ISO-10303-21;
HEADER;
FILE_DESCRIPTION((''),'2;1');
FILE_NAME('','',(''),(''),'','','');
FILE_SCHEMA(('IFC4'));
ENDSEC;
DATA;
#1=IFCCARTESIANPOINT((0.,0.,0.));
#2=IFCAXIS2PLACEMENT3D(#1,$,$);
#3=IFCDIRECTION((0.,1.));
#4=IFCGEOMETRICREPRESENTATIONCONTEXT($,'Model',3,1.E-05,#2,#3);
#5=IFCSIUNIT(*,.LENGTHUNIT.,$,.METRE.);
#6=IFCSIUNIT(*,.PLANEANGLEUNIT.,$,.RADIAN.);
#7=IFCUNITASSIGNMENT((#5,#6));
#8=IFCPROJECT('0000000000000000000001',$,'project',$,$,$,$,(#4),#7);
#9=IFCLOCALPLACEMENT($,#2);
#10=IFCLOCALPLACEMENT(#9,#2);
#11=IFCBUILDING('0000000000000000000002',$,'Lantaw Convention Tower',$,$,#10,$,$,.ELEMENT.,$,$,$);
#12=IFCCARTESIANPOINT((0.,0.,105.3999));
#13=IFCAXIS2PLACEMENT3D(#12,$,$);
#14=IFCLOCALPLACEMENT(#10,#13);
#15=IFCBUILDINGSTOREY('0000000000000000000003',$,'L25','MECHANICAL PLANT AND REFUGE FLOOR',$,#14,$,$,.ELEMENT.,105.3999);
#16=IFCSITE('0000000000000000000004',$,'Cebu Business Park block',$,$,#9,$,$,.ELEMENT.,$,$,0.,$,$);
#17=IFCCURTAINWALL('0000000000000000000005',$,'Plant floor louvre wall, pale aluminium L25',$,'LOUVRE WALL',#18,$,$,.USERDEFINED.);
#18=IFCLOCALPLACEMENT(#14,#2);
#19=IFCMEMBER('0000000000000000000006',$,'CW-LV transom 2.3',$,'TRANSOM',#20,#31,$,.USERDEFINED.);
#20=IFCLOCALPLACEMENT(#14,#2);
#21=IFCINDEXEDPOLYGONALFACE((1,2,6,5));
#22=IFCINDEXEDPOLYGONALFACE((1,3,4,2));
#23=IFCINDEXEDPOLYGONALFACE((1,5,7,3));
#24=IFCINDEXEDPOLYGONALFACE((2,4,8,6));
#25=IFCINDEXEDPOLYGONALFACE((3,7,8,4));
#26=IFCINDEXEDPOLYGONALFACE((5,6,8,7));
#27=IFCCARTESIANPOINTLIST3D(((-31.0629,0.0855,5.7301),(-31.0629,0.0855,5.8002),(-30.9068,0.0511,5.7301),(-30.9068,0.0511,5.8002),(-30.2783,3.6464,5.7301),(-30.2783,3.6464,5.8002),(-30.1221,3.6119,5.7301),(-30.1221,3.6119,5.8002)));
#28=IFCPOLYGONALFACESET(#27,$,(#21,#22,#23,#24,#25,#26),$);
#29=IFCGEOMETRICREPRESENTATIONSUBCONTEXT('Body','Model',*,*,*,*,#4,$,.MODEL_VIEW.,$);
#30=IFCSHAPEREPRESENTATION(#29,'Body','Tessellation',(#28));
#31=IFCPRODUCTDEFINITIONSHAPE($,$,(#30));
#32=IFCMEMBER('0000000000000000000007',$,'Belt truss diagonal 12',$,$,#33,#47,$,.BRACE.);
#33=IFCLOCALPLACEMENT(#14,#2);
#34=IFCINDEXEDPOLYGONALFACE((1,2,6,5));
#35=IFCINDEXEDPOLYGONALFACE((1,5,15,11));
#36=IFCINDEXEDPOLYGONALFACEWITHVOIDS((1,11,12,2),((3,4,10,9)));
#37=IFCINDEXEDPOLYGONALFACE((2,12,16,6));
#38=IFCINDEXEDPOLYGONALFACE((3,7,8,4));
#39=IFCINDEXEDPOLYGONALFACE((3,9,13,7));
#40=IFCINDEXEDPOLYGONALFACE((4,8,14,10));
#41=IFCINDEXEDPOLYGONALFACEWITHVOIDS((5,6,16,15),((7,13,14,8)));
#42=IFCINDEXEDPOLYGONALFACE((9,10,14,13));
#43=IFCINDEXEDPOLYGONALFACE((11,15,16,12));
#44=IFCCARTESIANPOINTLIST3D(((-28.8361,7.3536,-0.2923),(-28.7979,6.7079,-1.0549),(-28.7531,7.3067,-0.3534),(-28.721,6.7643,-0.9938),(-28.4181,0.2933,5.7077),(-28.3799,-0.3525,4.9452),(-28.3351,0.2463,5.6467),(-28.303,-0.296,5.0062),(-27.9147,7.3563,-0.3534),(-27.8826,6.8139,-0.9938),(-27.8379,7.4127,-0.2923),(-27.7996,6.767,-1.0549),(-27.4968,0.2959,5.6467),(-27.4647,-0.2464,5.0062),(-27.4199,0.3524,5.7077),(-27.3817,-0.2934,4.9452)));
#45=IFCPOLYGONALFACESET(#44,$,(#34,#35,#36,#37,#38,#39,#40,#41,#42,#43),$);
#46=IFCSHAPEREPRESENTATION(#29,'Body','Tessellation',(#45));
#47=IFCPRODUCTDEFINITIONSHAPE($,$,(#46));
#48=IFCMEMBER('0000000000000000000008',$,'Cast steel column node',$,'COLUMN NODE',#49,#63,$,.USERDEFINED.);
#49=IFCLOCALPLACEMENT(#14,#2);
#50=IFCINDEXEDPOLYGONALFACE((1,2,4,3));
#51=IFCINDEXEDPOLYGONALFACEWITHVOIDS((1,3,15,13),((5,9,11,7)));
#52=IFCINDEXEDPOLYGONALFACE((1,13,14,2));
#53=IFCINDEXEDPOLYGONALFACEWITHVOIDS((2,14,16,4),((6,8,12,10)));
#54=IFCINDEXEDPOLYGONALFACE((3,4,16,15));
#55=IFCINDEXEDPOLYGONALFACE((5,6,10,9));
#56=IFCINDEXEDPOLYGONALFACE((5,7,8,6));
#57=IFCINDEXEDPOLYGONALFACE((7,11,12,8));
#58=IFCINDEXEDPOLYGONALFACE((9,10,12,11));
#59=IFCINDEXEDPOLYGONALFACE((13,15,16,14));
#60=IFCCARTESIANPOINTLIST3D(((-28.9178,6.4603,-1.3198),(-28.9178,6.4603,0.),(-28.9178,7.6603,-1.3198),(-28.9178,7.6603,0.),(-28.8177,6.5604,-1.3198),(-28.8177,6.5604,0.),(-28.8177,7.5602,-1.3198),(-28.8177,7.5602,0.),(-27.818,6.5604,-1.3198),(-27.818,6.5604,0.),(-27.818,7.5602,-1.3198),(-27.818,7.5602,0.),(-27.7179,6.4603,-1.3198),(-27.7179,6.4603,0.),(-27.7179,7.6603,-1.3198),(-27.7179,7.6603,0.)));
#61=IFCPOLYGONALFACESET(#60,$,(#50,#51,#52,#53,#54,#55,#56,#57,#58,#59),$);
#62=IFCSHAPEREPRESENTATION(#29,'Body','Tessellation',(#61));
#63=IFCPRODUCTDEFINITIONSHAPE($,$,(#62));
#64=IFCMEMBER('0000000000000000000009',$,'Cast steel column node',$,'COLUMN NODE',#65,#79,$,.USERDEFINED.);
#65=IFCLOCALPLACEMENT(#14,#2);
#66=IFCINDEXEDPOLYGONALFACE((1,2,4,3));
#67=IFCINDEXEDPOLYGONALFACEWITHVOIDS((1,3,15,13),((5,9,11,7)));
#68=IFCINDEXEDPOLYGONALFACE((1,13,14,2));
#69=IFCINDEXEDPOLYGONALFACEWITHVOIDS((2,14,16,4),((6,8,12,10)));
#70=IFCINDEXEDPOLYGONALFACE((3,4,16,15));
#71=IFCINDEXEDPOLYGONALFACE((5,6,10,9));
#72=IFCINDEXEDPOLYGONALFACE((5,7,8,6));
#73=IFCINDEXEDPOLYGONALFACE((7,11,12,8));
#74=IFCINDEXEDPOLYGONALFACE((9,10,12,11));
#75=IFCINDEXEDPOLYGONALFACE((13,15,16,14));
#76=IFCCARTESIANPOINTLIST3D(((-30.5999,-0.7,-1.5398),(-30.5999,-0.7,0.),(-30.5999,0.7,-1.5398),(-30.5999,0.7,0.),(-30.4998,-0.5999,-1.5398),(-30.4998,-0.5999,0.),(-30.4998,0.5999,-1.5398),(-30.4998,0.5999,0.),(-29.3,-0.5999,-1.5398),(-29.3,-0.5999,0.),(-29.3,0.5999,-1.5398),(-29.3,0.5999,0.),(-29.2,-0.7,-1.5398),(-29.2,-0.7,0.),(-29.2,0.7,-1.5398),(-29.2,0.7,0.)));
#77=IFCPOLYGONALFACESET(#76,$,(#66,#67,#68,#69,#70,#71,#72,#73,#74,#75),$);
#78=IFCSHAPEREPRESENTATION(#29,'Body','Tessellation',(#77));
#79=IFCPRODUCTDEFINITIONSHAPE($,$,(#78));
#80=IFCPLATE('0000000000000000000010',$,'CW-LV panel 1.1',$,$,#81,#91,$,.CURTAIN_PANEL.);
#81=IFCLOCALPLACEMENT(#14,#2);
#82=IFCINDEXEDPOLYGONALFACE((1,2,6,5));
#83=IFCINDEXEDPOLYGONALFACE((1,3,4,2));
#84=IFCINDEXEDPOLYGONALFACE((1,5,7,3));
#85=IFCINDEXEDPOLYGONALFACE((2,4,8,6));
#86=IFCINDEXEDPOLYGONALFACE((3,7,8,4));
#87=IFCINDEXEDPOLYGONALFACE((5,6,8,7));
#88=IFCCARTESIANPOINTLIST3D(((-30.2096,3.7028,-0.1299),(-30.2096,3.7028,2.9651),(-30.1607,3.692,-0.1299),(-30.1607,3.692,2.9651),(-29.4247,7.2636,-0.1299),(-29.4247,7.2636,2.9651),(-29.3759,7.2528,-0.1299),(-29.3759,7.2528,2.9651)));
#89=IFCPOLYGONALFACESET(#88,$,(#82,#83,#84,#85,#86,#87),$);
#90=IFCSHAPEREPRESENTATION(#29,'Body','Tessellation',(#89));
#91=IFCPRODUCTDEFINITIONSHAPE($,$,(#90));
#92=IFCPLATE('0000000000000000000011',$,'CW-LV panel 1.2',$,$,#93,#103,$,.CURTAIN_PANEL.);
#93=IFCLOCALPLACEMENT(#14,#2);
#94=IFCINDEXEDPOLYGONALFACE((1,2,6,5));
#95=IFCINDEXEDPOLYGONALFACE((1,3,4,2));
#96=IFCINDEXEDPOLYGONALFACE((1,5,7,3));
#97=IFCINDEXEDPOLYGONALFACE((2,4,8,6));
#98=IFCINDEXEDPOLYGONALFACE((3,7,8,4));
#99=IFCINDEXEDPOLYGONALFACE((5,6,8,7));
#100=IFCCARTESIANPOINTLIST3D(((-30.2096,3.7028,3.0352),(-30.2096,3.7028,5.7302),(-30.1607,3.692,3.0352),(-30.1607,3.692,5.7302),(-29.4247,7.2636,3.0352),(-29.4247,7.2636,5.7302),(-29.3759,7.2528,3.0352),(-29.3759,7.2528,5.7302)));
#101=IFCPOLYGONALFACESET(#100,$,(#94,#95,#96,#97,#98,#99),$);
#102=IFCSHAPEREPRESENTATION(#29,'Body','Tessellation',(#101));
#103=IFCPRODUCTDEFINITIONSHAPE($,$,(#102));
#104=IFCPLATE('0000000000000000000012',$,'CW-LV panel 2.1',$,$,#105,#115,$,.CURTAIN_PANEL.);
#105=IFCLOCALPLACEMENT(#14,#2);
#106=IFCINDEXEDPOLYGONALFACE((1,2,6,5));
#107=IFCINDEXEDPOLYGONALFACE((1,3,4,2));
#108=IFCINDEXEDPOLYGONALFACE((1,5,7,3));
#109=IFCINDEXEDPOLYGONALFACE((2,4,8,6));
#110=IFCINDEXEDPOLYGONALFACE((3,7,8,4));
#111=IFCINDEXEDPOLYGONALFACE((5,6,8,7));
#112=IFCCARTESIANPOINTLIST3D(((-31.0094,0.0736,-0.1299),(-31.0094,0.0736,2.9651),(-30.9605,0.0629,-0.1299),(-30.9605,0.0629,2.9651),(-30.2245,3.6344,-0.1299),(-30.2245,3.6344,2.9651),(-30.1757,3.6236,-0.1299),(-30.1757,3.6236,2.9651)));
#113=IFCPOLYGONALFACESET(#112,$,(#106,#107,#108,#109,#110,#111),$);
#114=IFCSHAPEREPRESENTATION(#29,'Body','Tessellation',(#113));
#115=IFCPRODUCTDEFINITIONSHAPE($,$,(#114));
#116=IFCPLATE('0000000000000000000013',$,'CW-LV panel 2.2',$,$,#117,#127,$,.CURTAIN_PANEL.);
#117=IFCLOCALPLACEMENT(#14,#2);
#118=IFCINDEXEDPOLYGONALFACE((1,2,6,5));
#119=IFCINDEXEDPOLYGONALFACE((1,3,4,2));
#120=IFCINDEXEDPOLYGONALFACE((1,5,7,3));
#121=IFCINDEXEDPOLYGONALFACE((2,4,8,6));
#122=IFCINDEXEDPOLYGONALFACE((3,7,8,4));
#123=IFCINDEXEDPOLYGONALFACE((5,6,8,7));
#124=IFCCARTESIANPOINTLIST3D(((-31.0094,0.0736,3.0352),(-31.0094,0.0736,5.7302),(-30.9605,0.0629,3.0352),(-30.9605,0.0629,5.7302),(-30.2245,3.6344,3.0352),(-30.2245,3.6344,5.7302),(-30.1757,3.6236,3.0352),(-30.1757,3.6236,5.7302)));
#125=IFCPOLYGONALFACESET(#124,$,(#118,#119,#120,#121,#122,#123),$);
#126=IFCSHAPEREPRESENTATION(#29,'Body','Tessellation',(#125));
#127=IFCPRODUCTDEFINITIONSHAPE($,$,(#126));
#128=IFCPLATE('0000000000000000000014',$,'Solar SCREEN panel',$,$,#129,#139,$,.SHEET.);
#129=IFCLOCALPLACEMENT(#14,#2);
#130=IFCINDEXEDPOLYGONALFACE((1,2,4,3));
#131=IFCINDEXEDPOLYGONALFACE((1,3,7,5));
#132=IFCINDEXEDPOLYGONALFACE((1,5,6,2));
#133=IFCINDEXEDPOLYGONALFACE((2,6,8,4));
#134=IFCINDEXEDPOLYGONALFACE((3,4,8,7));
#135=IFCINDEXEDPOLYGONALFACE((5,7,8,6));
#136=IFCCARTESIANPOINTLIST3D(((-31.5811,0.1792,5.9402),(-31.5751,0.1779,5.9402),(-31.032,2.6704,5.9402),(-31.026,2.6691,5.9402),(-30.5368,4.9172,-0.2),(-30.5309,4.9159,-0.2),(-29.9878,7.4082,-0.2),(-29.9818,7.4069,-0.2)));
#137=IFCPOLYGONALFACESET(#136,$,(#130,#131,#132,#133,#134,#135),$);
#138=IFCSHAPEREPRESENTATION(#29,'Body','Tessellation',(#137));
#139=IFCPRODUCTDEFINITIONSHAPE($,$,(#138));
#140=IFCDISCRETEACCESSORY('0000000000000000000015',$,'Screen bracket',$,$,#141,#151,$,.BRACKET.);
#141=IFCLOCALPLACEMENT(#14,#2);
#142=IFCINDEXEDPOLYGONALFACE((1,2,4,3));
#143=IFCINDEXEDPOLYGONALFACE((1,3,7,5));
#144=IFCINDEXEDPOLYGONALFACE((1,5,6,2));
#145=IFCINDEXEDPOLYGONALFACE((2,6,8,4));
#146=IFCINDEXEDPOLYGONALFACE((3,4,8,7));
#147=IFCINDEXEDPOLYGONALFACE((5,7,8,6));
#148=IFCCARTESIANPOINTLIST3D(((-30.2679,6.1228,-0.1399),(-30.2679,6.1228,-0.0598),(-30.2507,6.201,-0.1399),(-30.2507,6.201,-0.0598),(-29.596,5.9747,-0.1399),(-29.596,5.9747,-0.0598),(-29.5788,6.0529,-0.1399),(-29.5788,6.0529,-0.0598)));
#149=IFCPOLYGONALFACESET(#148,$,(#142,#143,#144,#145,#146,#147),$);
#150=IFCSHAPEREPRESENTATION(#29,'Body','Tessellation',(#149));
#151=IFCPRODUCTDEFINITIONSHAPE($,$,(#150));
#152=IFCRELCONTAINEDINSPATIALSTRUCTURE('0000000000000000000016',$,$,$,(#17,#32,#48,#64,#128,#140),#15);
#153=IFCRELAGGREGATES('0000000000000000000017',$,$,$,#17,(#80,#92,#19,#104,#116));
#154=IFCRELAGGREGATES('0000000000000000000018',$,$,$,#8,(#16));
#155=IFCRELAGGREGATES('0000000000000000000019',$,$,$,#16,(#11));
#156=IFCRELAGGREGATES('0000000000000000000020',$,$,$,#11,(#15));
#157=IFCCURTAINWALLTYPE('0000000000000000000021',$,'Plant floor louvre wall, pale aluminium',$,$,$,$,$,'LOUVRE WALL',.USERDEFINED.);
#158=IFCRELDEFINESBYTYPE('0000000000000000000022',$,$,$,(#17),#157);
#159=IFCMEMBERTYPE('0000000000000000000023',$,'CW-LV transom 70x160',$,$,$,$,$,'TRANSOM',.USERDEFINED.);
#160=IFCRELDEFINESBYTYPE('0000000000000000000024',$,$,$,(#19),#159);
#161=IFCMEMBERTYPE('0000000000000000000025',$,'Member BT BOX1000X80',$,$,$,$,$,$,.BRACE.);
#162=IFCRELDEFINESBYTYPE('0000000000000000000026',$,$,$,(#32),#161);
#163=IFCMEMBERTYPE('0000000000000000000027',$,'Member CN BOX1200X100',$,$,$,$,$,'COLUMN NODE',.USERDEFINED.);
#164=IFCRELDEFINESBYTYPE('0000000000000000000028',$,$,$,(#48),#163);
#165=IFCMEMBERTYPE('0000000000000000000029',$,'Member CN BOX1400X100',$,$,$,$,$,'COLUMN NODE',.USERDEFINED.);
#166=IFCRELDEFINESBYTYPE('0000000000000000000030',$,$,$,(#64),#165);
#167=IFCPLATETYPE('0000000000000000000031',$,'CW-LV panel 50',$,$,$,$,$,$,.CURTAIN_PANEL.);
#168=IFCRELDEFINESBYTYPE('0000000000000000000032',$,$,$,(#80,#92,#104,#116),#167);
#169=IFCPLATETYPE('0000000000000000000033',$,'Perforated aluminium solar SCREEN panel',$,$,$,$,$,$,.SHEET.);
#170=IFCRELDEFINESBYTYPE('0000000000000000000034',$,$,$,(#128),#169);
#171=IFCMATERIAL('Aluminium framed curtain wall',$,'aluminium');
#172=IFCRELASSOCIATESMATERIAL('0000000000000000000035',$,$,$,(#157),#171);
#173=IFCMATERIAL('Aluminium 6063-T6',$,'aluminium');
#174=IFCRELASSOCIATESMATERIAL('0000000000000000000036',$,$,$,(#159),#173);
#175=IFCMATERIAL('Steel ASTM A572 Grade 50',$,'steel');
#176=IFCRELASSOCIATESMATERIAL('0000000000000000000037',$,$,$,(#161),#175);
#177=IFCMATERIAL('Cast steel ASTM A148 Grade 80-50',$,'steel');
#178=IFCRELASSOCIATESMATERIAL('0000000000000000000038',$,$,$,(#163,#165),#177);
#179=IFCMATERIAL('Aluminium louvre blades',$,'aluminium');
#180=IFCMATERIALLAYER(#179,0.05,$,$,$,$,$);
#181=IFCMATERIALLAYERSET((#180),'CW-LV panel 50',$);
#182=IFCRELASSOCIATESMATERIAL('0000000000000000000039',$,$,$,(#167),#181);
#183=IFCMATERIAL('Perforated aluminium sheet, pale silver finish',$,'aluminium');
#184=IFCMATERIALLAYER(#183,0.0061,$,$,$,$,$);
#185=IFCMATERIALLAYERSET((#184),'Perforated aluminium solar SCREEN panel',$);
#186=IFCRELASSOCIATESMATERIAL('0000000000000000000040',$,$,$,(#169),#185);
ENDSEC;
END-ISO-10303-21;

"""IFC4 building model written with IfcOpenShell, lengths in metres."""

from ifc_helpers import new_model, si_unit, direction, frame, origin, origin_2d, place, context, subcontext, project, spatial, polyline, rectangle, hollow_rectangle, outline, extrude, material, layer, layer_set, material_profile, profile_set, type_object, element, aggregate, save


model = new_model("IFC4")

# Units and contexts
model_context = context("Model", 3, precision=1e-05, world=origin(), true_north=direction((0.0, 1.0)))
body_context = subcontext(model_context, "Body", "Model", "MODEL_VIEW")
ifc_project = project(units=[si_unit("LENGTHUNIT", "METRE"), si_unit("PLANEANGLEUNIT", "RADIAN")], contexts=[model_context])

# Site, building, storey
site_placement = place(None, origin())
site = spatial("IfcSite", under=ifc_project, at=site_placement, Name="Cebu Business Park block", CompositionType="ELEMENT", RefElevation=0.0)
building_placement = place(site_placement, origin())
building = spatial("IfcBuilding", under=site, at=building_placement, Name="Lantaw Convention Tower", CompositionType="ELEMENT")
storey_placement = place(building_placement, frame((0.0, 0.0, 105.3999)))
storey = spatial("IfcBuildingStorey", under=building, at=storey_placement, Name="L25", Description="MECHANICAL PLANT AND REFUGE FLOOR", CompositionType="ELEMENT", Elevation=105.3999)

# Shared definitions
ifc_material_1 = material(Name="Aluminium framed curtain wall", Category="aluminium")
curtain_wall_type = type_object("IfcCurtainWallType", Name="Plant floor louvre wall, pale aluminium", ElementType="LOUVRE WALL", PredefinedType="USERDEFINED", material=ifc_material_1)
ifc_material_2 = material(Name="Aluminium 6063-T6", Category="aluminium")

# Curtain wall, member
curtain_wall_1_placement = place(storey_placement, origin())
curtain_wall_1 = element("IfcCurtainWall", 1, at=curtain_wall_1_placement, inside=storey, type_object=curtain_wall_type, Name="Plant floor louvre wall, pale aluminium L25", ObjectType="LOUVRE WALL", PredefinedType="USERDEFINED")
ifc_material_profile_1 = material_profile(ifc_material_2, rectangle(XDim=0.1599, YDim=0.0701, at=origin_2d()), Name="CW-LV transom 70x160")
ifc_profile_set_1 = profile_set([ifc_material_profile_1], Name="Aluminium 6063-T6")
member_type_1 = type_object("IfcMemberType", Name="CW-LV transom 70x160", ElementType="TRANSOM", PredefinedType="USERDEFINED", material=ifc_profile_set_1)
member_1_placement = place(storey_placement, frame((-30.2002, 3.6292, 5.7651), z_axis=(-0.2152, -0.97657, 0.0), x_axis=(0.97657, -0.2152, 0.0)))
member_1 = element("IfcMember", 2, at=member_1_placement, type_object=member_type_1, Name="CW-LV transom 2.3", ObjectType="TRANSOM", PredefinedType="USERDEFINED", context=body_context, shape_type="SweptSolid", body=[
    extrude(rectangle(XDim=0.1599, YDim=0.0701, at=origin_2d()), origin(), (0.0, 0.0, 1.0), 3.6462),
])

# Members
ifc_material_3 = material(Name="Steel ASTM A572 Grade 50", Category="steel")
ifc_material_profile_2 = material_profile(ifc_material_3, hollow_rectangle(XDim=1.0, YDim=1.0, WallThickness=0.0801, at=origin_2d()), Name="BOX1000X80")
ifc_profile_set_2 = profile_set([ifc_material_profile_2], Name="Steel ASTM A572 Grade 50")
member_type_2 = type_object("IfcMemberType", Name="Member BT BOX1000X80", PredefinedType="BRACE", material=ifc_profile_set_2)
member_2_placement = place(storey_placement, frame((-28.3179, 7.0603, -0.6736), z_axis=(0.045065, -0.761232, 0.646912), x_axis=(0.998252, 0.059096, 0.0)))
element("IfcMember", 3, at=member_2_placement, inside=storey, type_object=member_type_2, Name="Belt truss diagonal 12", PredefinedType="BRACE", context=body_context, shape_type="SweptSolid", body=[
    extrude(hollow_rectangle(XDim=1.0, YDim=1.0, WallThickness=0.0801, at=origin_2d()), origin(), (0.0, 0.0, 1.0), 9.2749),
])
ifc_material_4 = material(Name="Cast steel ASTM A148 Grade 80-50", Category="steel")
ifc_material_profile_3 = material_profile(ifc_material_4, hollow_rectangle(XDim=1.2, YDim=1.2, WallThickness=0.1001, at=origin_2d()), Name="BOX1200X100")
ifc_profile_set_3 = profile_set([ifc_material_profile_3], Name="Cast steel ASTM A148 Grade 80-50")
member_type_3 = type_object("IfcMemberType", Name="Member CN BOX1200X100", ElementType="COLUMN NODE", PredefinedType="USERDEFINED", material=ifc_profile_set_3)
member_3_placement = place(storey_placement, frame((-28.3179, 7.0603, -1.3198), z_axis=(0.0, 0.0, 1.0), x_axis=(1.0, 0.0, 0.0)))
element("IfcMember", 4, at=member_3_placement, inside=storey, type_object=member_type_3, Name="Cast steel column node", ObjectType="COLUMN NODE", PredefinedType="USERDEFINED", context=body_context, shape_type="SweptSolid", body=[
    extrude(hollow_rectangle(XDim=1.2, YDim=1.2, WallThickness=0.1001, at=origin_2d()), origin(), (0.0, 0.0, 1.0), 1.3198),
])
ifc_material_profile_4 = material_profile(ifc_material_4, hollow_rectangle(XDim=1.3999, YDim=1.3999, WallThickness=0.1001, at=origin_2d()), Name="BOX1400X100")
ifc_profile_set_4 = profile_set([ifc_material_profile_4], Name="Cast steel ASTM A148 Grade 80-50")
member_type_4 = type_object("IfcMemberType", Name="Member CN BOX1400X100", ElementType="COLUMN NODE", PredefinedType="USERDEFINED", material=ifc_profile_set_4)
member_4_placement = place(storey_placement, frame((-29.8999, 0.0, -1.5398), z_axis=(0.0, 0.0, 1.0), x_axis=(1.0, 0.0, 0.0)))
element("IfcMember", 5, at=member_4_placement, inside=storey, type_object=member_type_4, Name="Cast steel column node", ObjectType="COLUMN NODE", PredefinedType="USERDEFINED", context=body_context, shape_type="SweptSolid", body=[
    extrude(hollow_rectangle(XDim=1.3999, YDim=1.3999, WallThickness=0.1001, at=origin_2d()), origin(), (0.0, 0.0, 1.0), 1.5398),
])

# Plates
ifc_material_5 = material(Name="Aluminium louvre blades", Category="aluminium")
ifc_layer_1 = layer(ifc_material_5, 0.05)
ifc_layer_set_1 = layer_set([ifc_layer_1], Name="CW-LV panel 50")
plate_type_1 = type_object("IfcPlateType", Name="CW-LV panel 50", PredefinedType="CURTAIN_PANEL", material=ifc_layer_set_1)
plate_1_placement = place(storey_placement, frame((-29.7927, 5.4778, -0.1299), z_axis=(0.0, 0.0, 1.0), x_axis=(-0.215246, -0.97656, 0.0)))
plate_1 = element("IfcPlate", 6, at=plate_1_placement, type_object=plate_type_1, Name="CW-LV panel 1.1", PredefinedType="CURTAIN_PANEL", context=body_context, shape_type="SweptSolid", body=[
    extrude(rectangle(XDim=3.6462, YDim=0.05, at=origin_2d()), origin(), (0.0, 0.0, 1.0), 3.095),
])
plate_2_placement = place(storey_placement, frame((-29.7927, 5.4778, 3.0352), z_axis=(0.0, 0.0, 1.0), x_axis=(-0.215246, -0.97656, 0.0)))
plate_2 = element("IfcPlate", 7, at=plate_2_placement, type_object=plate_type_1, Name="CW-LV panel 1.2", PredefinedType="CURTAIN_PANEL", context=body_context, shape_type="SweptSolid", body=[
    extrude(rectangle(XDim=3.6462, YDim=0.05, at=origin_2d()), origin(), (0.0, 0.0, 1.0), 2.6951),
])
plate_3_placement = place(storey_placement, frame((-30.5925, 1.8486, -0.1299), z_axis=(0.0, 0.0, 1.0), x_axis=(-0.215246, -0.97656, 0.0)))
plate_3 = element("IfcPlate", 8, at=plate_3_placement, type_object=plate_type_1, Name="CW-LV panel 2.1", PredefinedType="CURTAIN_PANEL", context=body_context, shape_type="SweptSolid", body=[
    extrude(rectangle(XDim=3.6462, YDim=0.05, at=origin_2d()), origin(), (0.0, 0.0, 1.0), 3.095),
])
plate_4_placement = place(storey_placement, frame((-30.5925, 1.8486, 3.0352), z_axis=(0.0, 0.0, 1.0), x_axis=(-0.215246, -0.97656, 0.0)))
plate_4 = element("IfcPlate", 9, at=plate_4_placement, type_object=plate_type_1, Name="CW-LV panel 2.2", PredefinedType="CURTAIN_PANEL", context=body_context, shape_type="SweptSolid", body=[
    extrude(rectangle(XDim=3.6462, YDim=0.05, at=origin_2d()), origin(), (0.0, 0.0, 1.0), 2.6951),
])
aggregate(curtain_wall_1, [plate_1, plate_2, member_1, plate_3, plate_4])
ifc_material_6 = material(Name="Perforated aluminium sheet, pale silver finish", Category="aluminium")
ifc_layer_2 = layer(ifc_material_6, 0.0061)
ifc_layer_set_2 = layer_set([ifc_layer_2], Name="Perforated aluminium solar SCREEN panel")
plate_type_2 = type_object("IfcPlateType", Name="Perforated aluminium solar SCREEN panel", PredefinedType="SHEET", material=ifc_layer_set_2)
plate_5_placement = place(storey_placement, frame((-29.9878, 7.4082, -0.2), z_axis=(-0.976559, 0.215248, 0.000018), x_axis=(-0.215248, -0.976559, 0.0)))
element("IfcPlate", 10, at=plate_5_placement, inside=storey, type_object=plate_type_2, Name="Solar SCREEN panel", PredefinedType="SHEET", context=body_context, shape_type="SweptSolid", body=[
    extrude(outline(polyline([(0.0, 0.0), (2.5508, 0.0), (7.4025, 6.1401), (4.8515, 6.1401), (0.0, 0.0)])), origin(), (0.0, 0.0, -1.0), 0.0061),
])

# Discrete accessory
discrete_accessory_placement = place(storey_placement, frame((-29.9233, 6.0879, -0.1399), z_axis=(0.0, 0.0, 1.0), x_axis=(-0.215246, -0.97656, 0.0)))
element("IfcDiscreteAccessory", 11, at=discrete_accessory_placement, inside=storey, Name="Screen bracket", PredefinedType="BRACKET", context=body_context, shape_type="SweptSolid", body=[
    extrude(rectangle(XDim=0.0801, YDim=0.688, at=origin_2d()), origin(), (0.0, 0.0, 1.0), 0.0801),
])

save(model, "model.ifc")
